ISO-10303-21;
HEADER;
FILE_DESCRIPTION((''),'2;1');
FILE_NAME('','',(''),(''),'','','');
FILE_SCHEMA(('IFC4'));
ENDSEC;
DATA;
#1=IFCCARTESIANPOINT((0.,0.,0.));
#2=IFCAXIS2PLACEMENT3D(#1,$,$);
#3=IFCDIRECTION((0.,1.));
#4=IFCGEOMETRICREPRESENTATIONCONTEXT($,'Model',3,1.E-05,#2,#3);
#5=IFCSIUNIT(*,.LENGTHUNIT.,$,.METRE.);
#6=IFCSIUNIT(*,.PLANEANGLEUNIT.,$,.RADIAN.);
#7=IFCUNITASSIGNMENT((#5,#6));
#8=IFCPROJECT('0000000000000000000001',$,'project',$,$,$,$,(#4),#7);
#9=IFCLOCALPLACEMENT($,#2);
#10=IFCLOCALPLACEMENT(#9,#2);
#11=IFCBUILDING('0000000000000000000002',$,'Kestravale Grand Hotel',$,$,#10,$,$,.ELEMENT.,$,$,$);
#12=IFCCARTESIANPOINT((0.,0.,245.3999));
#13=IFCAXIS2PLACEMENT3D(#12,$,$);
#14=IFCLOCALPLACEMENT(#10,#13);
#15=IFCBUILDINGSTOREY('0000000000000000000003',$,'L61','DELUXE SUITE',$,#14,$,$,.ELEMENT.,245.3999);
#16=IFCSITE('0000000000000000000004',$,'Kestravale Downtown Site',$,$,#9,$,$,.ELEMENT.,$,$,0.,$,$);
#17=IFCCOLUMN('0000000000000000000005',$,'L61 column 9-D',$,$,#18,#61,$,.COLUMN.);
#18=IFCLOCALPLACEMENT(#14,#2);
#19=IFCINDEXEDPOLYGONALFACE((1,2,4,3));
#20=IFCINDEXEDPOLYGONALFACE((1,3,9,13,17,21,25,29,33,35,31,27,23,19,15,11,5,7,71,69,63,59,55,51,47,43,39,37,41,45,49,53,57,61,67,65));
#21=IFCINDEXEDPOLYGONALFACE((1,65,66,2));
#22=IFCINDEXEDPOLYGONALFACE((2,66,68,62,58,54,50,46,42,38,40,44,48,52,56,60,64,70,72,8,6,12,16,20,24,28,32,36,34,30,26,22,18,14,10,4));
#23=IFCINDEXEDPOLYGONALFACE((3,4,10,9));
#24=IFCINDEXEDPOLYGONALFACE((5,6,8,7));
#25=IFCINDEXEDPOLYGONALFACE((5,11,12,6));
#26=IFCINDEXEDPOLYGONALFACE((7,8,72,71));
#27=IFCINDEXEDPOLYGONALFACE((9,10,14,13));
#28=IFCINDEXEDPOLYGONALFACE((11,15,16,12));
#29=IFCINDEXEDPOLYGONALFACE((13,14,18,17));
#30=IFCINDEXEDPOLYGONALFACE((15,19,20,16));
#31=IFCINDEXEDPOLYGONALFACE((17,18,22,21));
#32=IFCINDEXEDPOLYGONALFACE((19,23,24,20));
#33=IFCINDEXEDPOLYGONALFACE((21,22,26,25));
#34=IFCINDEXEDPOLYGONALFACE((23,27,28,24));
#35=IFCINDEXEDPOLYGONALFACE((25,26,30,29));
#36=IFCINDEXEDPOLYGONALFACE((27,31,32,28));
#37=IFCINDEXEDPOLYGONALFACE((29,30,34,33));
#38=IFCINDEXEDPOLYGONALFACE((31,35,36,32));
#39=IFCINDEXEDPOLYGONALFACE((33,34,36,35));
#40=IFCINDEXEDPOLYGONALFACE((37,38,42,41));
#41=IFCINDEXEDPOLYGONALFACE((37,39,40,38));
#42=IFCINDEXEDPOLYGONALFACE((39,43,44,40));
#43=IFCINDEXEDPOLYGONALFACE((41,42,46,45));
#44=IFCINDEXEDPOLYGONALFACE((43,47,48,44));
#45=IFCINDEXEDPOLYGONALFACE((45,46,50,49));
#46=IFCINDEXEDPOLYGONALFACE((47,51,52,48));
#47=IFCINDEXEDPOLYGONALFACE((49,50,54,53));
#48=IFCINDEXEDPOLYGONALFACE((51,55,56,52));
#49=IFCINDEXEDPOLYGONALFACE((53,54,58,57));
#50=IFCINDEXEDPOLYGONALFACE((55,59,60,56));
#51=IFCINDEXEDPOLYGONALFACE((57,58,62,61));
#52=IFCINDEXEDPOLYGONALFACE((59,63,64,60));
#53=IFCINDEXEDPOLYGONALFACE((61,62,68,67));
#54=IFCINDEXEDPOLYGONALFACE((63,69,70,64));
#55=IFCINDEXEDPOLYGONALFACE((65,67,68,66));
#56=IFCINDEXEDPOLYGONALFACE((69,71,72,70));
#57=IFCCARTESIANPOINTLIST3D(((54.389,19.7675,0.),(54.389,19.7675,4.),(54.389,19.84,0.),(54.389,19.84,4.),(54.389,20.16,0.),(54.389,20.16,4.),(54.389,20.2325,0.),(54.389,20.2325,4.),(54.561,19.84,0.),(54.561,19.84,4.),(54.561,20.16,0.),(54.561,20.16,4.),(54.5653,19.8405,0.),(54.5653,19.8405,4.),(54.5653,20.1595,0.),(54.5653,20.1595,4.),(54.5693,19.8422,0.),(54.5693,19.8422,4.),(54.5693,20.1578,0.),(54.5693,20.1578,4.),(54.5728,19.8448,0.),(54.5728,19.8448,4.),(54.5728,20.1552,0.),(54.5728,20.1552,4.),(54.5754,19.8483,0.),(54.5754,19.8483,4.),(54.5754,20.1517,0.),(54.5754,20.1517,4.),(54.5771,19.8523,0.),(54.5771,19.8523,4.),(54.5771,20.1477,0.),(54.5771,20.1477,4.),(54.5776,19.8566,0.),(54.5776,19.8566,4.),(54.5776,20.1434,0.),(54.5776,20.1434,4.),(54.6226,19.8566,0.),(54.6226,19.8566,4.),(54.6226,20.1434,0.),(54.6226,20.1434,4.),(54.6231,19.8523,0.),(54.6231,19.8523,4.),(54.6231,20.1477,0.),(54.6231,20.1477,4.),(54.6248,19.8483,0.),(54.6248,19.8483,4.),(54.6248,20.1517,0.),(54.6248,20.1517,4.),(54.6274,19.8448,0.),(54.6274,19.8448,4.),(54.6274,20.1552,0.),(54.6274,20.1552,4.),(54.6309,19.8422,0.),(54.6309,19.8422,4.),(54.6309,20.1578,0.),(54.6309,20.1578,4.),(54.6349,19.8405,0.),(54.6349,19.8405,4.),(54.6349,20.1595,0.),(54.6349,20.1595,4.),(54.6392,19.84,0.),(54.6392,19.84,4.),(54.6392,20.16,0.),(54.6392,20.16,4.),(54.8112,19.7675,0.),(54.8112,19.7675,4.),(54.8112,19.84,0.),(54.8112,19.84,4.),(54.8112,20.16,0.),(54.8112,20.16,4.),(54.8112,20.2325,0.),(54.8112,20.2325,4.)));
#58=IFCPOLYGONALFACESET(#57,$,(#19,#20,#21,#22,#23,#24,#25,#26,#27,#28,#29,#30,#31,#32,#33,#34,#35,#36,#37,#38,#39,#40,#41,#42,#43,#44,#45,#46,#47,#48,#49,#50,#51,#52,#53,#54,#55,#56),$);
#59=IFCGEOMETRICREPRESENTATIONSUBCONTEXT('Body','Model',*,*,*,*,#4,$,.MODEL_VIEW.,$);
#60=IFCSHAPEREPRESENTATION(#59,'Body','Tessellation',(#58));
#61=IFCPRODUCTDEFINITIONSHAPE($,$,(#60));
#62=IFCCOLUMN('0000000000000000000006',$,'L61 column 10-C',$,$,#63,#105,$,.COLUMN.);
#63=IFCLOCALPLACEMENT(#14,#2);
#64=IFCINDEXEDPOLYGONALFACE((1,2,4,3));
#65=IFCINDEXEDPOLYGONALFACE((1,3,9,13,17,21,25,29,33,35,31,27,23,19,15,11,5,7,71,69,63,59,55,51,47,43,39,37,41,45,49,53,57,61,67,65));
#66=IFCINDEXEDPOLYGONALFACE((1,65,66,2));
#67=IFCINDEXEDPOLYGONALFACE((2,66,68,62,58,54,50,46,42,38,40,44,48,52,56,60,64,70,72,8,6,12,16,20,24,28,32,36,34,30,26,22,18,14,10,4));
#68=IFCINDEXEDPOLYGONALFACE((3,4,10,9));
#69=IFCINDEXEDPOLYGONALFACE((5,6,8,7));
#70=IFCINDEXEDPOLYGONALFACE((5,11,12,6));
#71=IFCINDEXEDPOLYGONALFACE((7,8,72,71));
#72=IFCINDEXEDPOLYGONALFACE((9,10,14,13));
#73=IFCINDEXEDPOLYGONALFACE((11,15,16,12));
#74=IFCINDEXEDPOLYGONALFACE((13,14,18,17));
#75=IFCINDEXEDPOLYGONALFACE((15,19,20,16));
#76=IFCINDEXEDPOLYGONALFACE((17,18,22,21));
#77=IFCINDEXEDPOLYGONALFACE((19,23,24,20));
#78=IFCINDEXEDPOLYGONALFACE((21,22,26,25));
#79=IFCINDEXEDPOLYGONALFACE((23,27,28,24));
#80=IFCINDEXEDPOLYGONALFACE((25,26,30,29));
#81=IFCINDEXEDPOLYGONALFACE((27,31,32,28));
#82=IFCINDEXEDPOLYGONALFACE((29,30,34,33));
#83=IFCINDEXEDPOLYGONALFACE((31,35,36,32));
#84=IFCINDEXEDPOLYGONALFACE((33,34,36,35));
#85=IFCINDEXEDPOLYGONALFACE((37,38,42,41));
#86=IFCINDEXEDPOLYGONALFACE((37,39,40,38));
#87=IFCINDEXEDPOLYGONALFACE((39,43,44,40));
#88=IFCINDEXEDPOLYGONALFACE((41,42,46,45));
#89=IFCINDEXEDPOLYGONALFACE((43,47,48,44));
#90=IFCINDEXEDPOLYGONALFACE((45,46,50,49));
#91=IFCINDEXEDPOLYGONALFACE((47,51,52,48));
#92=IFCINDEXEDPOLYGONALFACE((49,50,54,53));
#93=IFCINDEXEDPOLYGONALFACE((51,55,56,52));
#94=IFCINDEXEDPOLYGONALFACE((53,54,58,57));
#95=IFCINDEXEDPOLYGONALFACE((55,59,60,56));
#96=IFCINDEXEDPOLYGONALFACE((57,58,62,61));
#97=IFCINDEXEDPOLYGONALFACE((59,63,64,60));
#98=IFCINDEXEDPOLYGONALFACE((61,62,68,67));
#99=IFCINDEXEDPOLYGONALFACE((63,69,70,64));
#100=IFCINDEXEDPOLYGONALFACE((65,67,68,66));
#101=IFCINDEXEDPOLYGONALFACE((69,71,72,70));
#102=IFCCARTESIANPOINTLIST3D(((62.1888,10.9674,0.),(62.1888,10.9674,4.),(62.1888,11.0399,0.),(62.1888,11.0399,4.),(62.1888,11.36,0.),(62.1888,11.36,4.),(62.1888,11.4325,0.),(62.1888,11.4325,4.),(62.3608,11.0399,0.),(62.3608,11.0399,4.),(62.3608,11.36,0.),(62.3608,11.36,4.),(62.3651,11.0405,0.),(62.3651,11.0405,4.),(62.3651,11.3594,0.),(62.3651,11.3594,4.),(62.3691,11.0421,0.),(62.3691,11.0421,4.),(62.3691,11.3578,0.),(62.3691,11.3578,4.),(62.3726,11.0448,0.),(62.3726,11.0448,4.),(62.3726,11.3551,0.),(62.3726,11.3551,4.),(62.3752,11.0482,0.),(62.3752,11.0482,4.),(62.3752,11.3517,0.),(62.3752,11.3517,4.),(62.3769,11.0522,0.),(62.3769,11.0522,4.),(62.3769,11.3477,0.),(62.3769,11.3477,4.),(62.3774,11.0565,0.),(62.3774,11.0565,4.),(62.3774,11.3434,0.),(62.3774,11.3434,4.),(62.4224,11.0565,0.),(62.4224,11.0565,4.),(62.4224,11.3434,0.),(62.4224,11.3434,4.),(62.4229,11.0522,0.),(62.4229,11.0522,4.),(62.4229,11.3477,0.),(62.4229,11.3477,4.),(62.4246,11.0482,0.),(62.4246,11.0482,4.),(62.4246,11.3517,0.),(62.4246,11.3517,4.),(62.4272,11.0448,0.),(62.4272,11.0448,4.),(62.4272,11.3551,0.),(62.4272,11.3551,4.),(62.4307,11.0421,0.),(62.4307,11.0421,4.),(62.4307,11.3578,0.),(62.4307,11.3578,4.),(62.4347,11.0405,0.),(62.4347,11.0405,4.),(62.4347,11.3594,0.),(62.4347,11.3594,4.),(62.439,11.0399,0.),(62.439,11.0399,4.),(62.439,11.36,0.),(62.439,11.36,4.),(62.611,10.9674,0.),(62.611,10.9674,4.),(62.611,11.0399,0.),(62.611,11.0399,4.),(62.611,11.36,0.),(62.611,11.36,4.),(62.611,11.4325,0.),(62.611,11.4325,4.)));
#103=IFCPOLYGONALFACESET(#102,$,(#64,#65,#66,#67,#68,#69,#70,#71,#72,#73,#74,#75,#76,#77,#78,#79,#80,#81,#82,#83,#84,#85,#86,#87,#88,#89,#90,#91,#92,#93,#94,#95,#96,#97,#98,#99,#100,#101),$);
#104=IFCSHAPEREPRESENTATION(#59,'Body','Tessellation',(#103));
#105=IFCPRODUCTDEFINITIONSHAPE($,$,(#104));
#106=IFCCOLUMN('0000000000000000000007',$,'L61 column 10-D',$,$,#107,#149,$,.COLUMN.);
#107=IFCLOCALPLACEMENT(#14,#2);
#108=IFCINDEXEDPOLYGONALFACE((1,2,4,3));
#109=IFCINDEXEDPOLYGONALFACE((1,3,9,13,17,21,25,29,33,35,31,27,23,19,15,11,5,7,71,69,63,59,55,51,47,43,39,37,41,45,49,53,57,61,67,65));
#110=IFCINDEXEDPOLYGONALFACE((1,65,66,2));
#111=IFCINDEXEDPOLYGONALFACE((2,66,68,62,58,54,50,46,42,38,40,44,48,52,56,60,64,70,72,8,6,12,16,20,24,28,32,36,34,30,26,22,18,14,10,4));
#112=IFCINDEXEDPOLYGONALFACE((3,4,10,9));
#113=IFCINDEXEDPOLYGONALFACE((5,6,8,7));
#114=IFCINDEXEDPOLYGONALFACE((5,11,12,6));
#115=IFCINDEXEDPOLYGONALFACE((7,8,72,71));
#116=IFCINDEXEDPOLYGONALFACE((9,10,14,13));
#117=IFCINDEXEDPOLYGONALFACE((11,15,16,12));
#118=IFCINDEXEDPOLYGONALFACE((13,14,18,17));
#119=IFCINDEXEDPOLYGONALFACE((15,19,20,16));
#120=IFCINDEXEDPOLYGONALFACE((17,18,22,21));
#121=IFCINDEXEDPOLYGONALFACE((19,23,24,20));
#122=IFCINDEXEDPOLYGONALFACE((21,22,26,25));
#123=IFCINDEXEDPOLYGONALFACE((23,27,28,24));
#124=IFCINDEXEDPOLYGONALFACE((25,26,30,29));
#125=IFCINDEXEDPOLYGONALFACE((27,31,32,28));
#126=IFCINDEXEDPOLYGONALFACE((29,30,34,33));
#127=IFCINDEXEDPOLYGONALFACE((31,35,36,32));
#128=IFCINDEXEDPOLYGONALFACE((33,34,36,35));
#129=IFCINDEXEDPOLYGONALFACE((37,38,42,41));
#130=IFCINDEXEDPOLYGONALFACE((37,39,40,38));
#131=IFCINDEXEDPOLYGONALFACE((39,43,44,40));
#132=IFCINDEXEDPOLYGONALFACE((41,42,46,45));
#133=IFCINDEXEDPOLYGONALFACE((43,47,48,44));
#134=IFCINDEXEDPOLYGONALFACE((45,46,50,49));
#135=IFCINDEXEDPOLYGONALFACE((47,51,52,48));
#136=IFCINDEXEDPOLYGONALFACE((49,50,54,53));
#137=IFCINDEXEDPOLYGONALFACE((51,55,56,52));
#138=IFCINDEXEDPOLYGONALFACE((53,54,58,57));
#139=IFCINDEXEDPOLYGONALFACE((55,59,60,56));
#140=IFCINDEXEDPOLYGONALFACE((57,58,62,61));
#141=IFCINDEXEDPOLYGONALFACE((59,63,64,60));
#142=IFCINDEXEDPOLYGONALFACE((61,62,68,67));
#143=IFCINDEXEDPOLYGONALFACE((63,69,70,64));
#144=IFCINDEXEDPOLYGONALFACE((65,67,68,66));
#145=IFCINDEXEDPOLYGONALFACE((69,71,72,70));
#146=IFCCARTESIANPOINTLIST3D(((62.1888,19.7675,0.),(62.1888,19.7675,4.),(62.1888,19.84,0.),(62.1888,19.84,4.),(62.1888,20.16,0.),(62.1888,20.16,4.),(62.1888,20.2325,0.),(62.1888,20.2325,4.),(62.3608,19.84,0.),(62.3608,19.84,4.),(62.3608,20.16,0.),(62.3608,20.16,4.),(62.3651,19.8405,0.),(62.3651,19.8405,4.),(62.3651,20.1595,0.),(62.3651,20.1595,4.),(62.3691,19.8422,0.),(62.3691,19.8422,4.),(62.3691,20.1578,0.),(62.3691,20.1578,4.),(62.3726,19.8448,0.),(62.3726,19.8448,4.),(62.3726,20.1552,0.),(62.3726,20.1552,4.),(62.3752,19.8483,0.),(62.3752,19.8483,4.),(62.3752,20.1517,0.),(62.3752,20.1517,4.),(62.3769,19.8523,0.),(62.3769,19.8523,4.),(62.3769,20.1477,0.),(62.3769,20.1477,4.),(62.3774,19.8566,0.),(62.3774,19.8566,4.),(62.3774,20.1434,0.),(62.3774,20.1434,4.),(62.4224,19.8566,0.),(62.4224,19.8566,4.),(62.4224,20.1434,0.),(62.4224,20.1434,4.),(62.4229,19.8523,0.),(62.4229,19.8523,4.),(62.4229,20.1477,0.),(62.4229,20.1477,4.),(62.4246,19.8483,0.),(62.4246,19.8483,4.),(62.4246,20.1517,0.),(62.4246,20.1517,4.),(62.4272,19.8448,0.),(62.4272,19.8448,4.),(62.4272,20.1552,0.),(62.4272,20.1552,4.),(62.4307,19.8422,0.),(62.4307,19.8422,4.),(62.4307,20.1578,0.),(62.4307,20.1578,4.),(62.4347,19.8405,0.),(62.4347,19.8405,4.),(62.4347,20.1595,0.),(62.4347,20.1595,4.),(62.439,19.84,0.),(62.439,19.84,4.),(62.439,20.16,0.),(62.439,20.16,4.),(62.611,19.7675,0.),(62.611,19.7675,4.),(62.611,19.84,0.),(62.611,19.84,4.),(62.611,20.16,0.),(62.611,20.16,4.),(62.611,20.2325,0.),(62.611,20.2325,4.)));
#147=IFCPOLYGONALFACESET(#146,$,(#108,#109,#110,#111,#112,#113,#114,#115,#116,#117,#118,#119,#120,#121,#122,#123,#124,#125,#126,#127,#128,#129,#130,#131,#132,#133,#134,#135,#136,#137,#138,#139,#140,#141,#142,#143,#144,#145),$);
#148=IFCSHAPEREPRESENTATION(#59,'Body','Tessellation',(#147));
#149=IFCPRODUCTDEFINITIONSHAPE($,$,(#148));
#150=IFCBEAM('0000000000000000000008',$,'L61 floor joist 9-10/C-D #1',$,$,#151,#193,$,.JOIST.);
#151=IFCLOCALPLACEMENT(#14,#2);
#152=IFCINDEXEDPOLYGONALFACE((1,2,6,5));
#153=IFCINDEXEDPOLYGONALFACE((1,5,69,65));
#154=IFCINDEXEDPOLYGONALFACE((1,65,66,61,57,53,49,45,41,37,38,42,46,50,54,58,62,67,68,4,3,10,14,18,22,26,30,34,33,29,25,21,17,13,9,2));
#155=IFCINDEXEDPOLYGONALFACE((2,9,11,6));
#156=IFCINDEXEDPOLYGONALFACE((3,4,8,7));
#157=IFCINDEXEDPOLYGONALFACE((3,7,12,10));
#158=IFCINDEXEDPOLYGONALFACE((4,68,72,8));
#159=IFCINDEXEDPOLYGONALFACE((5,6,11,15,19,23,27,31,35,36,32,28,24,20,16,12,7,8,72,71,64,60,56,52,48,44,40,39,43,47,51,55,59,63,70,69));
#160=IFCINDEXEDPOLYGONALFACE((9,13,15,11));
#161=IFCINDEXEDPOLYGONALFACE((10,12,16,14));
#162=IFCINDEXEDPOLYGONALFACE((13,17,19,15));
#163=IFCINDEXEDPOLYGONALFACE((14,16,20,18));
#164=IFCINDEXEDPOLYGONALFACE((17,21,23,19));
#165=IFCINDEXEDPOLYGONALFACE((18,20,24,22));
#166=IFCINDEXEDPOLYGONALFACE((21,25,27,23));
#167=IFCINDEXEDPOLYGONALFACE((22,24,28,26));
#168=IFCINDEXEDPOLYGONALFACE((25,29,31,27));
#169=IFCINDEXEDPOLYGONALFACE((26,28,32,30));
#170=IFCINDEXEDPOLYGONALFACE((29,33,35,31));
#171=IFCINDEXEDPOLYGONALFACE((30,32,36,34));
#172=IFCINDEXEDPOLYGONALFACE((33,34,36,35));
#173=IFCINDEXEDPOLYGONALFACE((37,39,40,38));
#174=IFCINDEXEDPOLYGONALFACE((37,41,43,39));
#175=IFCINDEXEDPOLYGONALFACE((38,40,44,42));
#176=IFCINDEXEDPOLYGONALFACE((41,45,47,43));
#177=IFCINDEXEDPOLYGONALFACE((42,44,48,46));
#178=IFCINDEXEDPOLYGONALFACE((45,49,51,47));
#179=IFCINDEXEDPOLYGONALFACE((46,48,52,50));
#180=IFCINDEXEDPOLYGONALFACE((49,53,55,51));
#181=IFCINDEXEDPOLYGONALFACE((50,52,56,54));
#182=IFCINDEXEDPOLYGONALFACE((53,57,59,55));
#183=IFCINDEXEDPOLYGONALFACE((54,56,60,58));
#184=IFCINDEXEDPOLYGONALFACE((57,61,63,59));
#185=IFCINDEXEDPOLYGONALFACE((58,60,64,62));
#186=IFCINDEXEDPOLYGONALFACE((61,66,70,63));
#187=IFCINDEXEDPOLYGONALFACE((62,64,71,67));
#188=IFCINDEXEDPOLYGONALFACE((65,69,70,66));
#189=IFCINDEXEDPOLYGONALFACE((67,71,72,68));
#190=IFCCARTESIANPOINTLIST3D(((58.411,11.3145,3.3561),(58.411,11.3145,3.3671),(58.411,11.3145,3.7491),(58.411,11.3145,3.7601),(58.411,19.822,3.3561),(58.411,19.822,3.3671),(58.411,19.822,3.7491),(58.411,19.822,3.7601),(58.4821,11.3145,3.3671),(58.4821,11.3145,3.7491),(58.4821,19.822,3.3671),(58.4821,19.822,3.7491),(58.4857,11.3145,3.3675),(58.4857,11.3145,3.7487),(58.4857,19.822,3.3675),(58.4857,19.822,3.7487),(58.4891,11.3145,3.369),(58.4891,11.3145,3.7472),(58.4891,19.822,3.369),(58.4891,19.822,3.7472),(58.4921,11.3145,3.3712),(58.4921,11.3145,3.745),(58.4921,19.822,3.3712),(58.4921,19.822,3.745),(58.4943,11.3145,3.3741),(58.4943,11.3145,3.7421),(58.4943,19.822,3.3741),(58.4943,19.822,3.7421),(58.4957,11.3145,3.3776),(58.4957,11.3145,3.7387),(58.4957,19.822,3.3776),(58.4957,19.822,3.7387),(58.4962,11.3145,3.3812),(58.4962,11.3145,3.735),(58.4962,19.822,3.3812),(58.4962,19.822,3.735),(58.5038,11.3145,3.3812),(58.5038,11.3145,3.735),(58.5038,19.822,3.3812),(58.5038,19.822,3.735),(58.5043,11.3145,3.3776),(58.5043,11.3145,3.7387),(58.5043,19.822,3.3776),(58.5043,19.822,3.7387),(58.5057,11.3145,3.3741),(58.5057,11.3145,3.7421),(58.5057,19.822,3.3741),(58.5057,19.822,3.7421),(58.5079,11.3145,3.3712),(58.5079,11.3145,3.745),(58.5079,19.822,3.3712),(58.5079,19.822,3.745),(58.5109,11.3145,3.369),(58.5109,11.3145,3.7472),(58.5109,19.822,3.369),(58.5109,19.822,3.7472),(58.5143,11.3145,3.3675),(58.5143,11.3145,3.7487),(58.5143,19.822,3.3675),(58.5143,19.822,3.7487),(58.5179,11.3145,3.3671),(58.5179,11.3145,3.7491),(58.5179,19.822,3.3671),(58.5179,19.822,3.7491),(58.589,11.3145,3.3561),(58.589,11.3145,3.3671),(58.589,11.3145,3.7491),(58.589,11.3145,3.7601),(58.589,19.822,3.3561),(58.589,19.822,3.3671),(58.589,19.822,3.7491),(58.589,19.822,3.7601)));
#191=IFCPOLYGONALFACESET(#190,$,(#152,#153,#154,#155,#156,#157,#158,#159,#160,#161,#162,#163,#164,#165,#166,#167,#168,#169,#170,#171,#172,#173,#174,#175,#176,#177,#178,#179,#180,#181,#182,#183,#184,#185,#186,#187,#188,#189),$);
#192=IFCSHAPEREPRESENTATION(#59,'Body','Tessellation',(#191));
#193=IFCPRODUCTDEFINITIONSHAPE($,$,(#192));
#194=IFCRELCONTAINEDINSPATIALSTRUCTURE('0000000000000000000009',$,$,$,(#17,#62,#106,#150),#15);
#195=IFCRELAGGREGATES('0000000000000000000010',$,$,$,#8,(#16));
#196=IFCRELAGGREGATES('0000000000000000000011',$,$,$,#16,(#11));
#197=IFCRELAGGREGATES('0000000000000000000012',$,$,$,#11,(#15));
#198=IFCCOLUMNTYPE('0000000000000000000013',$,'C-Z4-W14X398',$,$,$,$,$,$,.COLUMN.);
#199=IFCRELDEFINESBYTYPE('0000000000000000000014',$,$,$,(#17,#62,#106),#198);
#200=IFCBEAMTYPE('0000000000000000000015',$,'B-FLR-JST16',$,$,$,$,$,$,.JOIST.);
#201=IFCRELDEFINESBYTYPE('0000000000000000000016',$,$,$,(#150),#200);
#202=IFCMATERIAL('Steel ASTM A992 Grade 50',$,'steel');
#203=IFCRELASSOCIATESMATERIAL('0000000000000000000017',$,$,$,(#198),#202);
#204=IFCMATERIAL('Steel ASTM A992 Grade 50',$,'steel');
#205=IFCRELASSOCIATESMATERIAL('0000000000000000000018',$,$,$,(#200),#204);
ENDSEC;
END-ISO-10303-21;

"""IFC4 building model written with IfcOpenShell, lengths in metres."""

from ifc_helpers import new_model, si_unit, direction, frame, origin, origin_2d, place, context, subcontext, project, spatial, i_section, extrude, material, material_profile, profile_set, type_object, element, save


model = new_model("IFC4")

# Units and contexts
model_context = context("Model", 3, precision=1e-05, world=origin(), true_north=direction((0.0, 1.0)))
body_context = subcontext(model_context, "Body", "Model", "MODEL_VIEW")
ifc_project = project(units=[si_unit("LENGTHUNIT", "METRE"), si_unit("PLANEANGLEUNIT", "RADIAN")], contexts=[model_context])

# Site, building, storey
site_placement = place(None, origin())
site = spatial("IfcSite", under=ifc_project, at=site_placement, Name="Kestravale Downtown Site", CompositionType="ELEMENT", RefElevation=0.0)
building_placement = place(site_placement, origin())
building = spatial("IfcBuilding", under=site, at=building_placement, Name="Kestravale Grand Hotel", CompositionType="ELEMENT")
storey_placement = place(building_placement, frame((0.0, 0.0, 245.3999)))
storey = spatial("IfcBuildingStorey", under=building, at=storey_placement, Name="L61", Description="DELUXE SUITE", CompositionType="ELEMENT", Elevation=245.3999)

# Columns
ifc_material_1 = material(Name="Steel ASTM A992 Grade 50", Category="steel")
ifc_material_profile_1 = material_profile(ifc_material_1, i_section(OverallWidth=0.4221, OverallDepth=0.4651, WebThickness=0.0449, FlangeThickness=0.0725, FilletRadius=0.0166, at=origin_2d()))
ifc_profile_set_1 = profile_set([ifc_material_profile_1], Name="Steel ASTM A992 Grade 50")
column_type = type_object("IfcColumnType", Name="C-Z4-W14X398", PredefinedType="COLUMN", material=ifc_profile_set_1)
for number, where, z_axis, x_axis, name in (
    (1, (54.6001, 20.0, 0.0), (0.0, 0.0, 1.0), (1.0, 0.0, 0.0), "L61 column 9-D"),
    (2, (62.3999, 11.2, 0.0), (0.0, 0.0, 1.0), (1.0, 0.0, 0.0), "L61 column 10-C"),
    (3, (62.3999, 20.0, 0.0), (0.0, 0.0, 1.0), (1.0, 0.0, 0.0), "L61 column 10-D"),
):
    element("IfcColumn", number, at=place(storey_placement, frame(where, z_axis=z_axis, x_axis=x_axis)), inside=storey, type_object=column_type, Name=name, PredefinedType="COLUMN", context=body_context, shape_type="SweptSolid", body=[
        extrude(i_section(OverallWidth=0.4221, OverallDepth=0.4651, WebThickness=0.0449, FlangeThickness=0.0725, FilletRadius=0.0166, at=origin_2d()), origin(), (0.0, 0.0, 1.0), 4.0),
    ])

# Beam
ifc_material_2 = material(Name="Steel ASTM A992 Grade 50", Category="steel")
ifc_material_profile_2 = material_profile(ifc_material_2, i_section(OverallWidth=0.178, OverallDepth=0.4041, WebThickness=0.0076, FlangeThickness=0.011, FilletRadius=0.0142, at=origin_2d()))
ifc_profile_set_2 = profile_set([ifc_material_profile_2], Name="Steel ASTM A992 Grade 50")
beam_type_1 = type_object("IfcBeamType", Name="B-FLR-JST16", PredefinedType="JOIST", material=ifc_profile_set_2)
beam_1_placement = place(storey_placement, frame((58.5, 11.3145, 3.5581), z_axis=(0.0, 1.0, 0.0), x_axis=(-1.0, 0.0, 0.0)))
element("IfcBeam", 4, at=beam_1_placement, inside=storey, type_object=beam_type_1, Name="L61 floor joist 9-10/C-D #1", PredefinedType="JOIST", context=body_context, shape_type="SweptSolid", body=[
    extrude(i_section(OverallWidth=0.178, OverallDepth=0.4041, WebThickness=0.0076, FlangeThickness=0.011, FilletRadius=0.0142, at=origin_2d()), origin(), (0.0, 0.0, 1.0), 8.5076),
])

save(model, "model.ifc")
